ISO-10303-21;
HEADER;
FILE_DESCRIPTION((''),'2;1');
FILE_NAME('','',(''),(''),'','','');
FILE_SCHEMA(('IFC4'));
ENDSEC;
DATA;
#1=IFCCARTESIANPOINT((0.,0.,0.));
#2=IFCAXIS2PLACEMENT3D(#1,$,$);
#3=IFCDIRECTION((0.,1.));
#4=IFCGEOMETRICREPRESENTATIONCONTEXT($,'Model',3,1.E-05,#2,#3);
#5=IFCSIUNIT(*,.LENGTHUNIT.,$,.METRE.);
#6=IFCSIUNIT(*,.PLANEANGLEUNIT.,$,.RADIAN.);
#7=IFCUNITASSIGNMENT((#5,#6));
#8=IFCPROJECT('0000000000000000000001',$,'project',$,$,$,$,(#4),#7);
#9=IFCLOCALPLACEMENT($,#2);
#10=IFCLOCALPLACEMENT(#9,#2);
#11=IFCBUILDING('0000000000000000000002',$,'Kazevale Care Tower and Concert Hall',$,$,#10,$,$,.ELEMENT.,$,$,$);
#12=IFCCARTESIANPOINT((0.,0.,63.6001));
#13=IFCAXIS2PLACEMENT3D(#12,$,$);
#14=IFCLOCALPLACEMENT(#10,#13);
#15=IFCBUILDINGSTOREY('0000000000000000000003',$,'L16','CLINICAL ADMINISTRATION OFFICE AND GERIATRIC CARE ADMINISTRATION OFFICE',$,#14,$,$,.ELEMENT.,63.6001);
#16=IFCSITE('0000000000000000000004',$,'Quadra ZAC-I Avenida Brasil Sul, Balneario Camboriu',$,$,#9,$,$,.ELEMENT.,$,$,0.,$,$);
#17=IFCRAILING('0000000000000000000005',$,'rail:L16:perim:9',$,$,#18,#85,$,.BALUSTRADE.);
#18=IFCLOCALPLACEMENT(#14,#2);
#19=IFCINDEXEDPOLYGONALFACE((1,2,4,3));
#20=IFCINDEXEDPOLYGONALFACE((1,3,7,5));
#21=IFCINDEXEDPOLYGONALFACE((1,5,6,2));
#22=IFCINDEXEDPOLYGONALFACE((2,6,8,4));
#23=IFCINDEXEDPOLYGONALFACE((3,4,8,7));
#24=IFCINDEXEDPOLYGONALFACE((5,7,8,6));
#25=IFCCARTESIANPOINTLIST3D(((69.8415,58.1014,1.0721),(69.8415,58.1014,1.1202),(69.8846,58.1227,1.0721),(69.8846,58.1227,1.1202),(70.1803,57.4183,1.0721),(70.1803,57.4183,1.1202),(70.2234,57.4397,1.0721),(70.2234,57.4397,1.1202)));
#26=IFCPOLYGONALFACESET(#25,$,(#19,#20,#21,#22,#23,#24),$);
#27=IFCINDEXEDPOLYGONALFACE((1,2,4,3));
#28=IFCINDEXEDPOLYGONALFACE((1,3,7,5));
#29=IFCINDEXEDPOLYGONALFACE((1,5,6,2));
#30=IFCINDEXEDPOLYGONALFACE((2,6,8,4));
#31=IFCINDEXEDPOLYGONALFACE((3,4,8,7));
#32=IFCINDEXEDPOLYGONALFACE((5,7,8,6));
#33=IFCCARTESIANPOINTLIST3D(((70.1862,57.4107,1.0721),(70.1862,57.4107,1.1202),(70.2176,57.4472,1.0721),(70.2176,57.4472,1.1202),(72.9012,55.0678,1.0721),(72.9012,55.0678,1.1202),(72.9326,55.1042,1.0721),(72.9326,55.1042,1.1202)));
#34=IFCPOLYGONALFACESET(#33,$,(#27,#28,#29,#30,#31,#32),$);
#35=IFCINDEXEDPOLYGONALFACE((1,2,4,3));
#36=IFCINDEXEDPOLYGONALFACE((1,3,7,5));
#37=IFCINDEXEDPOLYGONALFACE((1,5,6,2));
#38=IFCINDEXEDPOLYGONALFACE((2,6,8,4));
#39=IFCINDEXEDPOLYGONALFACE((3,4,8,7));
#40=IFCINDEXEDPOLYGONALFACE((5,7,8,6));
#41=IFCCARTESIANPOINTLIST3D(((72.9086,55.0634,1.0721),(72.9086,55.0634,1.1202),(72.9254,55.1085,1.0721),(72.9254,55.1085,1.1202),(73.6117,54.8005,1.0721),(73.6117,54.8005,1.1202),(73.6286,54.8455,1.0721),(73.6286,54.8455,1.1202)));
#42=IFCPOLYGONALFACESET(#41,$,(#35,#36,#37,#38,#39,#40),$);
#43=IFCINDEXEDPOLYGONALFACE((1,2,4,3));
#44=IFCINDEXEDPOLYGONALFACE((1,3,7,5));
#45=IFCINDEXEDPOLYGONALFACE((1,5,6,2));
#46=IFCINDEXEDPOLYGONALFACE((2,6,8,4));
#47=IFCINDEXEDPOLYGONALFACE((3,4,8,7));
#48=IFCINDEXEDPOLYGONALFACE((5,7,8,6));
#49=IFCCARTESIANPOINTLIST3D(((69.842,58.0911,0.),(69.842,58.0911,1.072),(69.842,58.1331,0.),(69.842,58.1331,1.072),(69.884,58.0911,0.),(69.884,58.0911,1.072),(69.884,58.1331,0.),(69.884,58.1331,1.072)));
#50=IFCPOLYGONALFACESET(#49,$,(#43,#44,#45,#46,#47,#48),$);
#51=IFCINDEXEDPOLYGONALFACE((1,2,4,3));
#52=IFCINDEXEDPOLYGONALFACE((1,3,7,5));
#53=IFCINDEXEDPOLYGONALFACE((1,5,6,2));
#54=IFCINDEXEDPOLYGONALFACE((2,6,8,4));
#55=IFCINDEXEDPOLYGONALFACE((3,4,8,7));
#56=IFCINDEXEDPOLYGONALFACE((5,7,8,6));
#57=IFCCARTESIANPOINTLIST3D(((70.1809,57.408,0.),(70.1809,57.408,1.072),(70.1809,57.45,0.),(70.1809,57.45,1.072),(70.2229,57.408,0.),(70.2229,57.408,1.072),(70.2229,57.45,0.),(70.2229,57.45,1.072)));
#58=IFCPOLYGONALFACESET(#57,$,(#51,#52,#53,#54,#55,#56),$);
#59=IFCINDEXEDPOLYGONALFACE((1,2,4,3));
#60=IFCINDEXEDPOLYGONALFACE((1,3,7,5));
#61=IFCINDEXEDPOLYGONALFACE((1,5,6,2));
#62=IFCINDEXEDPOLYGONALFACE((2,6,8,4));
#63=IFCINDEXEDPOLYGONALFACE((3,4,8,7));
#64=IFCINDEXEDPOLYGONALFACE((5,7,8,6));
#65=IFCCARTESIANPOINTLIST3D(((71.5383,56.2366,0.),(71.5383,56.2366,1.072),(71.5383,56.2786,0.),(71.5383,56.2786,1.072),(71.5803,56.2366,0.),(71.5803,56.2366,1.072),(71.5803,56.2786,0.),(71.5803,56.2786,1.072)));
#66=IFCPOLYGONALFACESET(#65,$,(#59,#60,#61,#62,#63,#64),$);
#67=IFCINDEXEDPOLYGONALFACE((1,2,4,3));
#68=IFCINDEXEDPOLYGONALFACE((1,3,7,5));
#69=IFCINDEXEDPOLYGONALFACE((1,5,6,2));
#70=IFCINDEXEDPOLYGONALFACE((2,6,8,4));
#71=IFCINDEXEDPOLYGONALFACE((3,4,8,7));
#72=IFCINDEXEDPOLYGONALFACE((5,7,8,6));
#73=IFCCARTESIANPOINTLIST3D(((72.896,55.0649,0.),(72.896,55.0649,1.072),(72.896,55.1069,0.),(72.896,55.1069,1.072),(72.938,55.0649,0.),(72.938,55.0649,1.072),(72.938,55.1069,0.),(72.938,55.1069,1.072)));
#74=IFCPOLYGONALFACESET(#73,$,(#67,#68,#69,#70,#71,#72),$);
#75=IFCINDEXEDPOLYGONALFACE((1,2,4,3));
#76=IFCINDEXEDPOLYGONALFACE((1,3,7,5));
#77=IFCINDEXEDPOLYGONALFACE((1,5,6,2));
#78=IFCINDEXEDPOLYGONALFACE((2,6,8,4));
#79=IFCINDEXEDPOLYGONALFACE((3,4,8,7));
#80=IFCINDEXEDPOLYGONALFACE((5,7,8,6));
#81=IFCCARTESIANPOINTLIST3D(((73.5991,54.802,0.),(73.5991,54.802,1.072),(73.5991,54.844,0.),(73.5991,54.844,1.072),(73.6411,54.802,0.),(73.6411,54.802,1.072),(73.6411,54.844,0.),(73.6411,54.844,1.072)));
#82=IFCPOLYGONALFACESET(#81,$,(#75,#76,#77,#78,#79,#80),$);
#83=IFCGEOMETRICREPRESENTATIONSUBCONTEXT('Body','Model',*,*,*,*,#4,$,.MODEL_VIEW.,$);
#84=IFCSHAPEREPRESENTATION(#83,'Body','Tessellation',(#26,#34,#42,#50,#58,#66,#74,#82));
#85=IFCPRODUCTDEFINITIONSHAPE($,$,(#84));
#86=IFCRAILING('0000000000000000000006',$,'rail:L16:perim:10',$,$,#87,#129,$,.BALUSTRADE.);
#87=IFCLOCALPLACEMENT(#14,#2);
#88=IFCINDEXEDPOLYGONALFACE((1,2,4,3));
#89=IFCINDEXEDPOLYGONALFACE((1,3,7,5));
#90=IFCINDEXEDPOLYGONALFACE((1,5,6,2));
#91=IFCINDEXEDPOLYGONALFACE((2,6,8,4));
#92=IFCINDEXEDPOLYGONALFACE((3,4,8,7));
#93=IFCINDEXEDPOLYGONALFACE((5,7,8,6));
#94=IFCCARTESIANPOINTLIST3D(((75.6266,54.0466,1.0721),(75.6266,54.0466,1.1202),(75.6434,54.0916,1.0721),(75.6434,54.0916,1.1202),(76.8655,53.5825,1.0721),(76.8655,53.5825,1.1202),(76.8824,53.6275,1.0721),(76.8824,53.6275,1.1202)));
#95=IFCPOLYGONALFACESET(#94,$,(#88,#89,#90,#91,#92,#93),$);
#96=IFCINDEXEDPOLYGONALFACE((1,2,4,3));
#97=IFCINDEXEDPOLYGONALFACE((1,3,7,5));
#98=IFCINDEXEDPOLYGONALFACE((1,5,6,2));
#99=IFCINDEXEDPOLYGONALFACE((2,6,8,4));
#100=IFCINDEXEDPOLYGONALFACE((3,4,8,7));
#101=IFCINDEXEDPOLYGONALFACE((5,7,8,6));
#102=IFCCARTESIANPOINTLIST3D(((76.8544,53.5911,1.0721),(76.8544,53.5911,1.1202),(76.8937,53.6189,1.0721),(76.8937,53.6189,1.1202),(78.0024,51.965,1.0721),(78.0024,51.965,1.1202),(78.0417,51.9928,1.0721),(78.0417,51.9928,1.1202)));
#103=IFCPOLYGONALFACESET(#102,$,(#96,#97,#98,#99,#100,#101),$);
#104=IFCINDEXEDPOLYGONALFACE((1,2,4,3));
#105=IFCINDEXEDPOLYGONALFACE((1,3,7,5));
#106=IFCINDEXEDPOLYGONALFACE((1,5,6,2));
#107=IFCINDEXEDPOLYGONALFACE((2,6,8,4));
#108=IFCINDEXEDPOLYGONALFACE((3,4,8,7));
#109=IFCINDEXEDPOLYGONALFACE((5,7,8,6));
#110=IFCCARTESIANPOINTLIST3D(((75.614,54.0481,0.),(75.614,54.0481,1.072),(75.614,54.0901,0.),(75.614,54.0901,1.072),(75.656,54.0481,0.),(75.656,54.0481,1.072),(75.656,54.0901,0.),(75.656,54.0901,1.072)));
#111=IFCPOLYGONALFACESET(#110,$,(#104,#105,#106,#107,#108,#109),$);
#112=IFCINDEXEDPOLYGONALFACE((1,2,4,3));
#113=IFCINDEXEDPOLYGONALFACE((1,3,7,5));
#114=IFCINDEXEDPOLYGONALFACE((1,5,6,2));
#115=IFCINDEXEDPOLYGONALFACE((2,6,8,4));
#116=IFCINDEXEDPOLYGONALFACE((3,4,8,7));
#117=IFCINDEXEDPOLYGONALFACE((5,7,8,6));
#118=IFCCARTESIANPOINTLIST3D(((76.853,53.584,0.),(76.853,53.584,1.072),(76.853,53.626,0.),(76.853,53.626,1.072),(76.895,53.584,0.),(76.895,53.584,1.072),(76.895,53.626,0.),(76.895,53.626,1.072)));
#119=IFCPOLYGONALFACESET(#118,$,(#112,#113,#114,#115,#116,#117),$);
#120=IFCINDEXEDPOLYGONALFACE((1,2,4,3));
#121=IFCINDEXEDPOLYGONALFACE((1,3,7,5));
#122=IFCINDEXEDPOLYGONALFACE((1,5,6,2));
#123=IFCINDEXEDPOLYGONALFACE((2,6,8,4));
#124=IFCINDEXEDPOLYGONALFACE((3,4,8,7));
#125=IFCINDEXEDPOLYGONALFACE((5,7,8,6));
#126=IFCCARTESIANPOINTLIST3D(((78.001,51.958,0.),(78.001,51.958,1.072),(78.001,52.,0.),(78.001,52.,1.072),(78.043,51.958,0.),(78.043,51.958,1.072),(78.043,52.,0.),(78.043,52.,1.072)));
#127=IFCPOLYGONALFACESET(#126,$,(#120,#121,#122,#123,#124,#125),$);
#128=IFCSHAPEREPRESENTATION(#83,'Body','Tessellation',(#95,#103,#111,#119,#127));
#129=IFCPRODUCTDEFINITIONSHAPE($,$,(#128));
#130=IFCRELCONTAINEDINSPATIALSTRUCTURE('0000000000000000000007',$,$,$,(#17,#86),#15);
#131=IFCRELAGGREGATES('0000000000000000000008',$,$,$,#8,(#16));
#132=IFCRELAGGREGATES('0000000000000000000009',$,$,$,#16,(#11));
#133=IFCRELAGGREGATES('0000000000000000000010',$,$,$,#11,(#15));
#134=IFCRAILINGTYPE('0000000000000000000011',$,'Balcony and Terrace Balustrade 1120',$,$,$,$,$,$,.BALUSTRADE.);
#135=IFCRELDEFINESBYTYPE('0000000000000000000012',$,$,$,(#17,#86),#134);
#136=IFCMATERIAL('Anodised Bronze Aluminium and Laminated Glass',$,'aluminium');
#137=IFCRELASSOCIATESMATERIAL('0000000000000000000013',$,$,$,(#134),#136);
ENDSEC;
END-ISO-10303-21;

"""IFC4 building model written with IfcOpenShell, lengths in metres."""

from ifc_helpers import new_model, si_unit, direction, frame, origin, origin_2d, place, context, subcontext, project, spatial, rectangle, extrude, material, type_object, element, save


model = new_model("IFC4")

# Units and contexts
model_context = context("Model", 3, precision=1e-05, world=origin(), true_north=direction((0.0, 1.0)))
body_context = subcontext(model_context, "Body", "Model", "MODEL_VIEW")
ifc_project = project(units=[si_unit("LENGTHUNIT", "METRE"), si_unit("PLANEANGLEUNIT", "RADIAN")], contexts=[model_context])

# Site, building, storey
site_placement = place(None, origin())
site = spatial("IfcSite", under=ifc_project, at=site_placement, Name="Quadra ZAC-I Avenida Brasil Sul, Balneario Camboriu", CompositionType="ELEMENT", RefElevation=0.0)
building_placement = place(site_placement, origin())
building = spatial("IfcBuilding", under=site, at=building_placement, Name="Kazevale Care Tower and Concert Hall", CompositionType="ELEMENT")
storey_placement = place(building_placement, frame((0.0, 0.0, 63.6001)))
storey = spatial("IfcBuildingStorey", under=building, at=storey_placement, Name="L16", Description="CLINICAL ADMINISTRATION OFFICE AND GERIATRIC CARE ADMINISTRATION OFFICE", CompositionType="ELEMENT", Elevation=63.6001)

# Railings
ifc_material_1 = material(Name="Anodised Bronze Aluminium and Laminated Glass", Category="aluminium")
railing_type = type_object("IfcRailingType", Name="Balcony and Terrace Balustrade 1120", PredefinedType="BALUSTRADE", material=ifc_material_1)
railing_1_placement = place(storey_placement, frame((69.863, 58.1121, 0.0)))
element("IfcRailing", 1, at=railing_1_placement, inside=storey, type_object=railing_type, Name="rail:L16:perim:9", PredefinedType="BALUSTRADE", context=body_context, shape_type="SweptSolid", body=[
    extrude(rectangle(XDim=0.0481, YDim=0.0481, at=origin_2d()), frame((0.0, 0.0, 1.0962), z_axis=(0.444394, -0.895831, 0.0), x_axis=(0.895831, 0.444394, 0.0)), (0.0, 0.0, 1.0), 0.7625),
    extrude(rectangle(XDim=0.0481, YDim=0.0481, at=origin_2d()), frame((0.3389, -0.6831, 1.0962), z_axis=(0.757076, -0.653327, 0.0), x_axis=(0.653327, 0.757076, 0.0)), (0.0, 0.0, 1.0), 3.5862),
    extrude(rectangle(XDim=0.0481, YDim=0.0481, at=origin_2d()), frame((3.054, -3.0261, 1.0962), z_axis=(0.93665, -0.350268, 0.0), x_axis=(0.350268, 0.93665, 0.0)), (0.0, 0.0, 1.0), 0.7507),
    extrude(rectangle(XDim=0.042, YDim=0.042, at=origin_2d()), origin(), (0.0, 0.0, 1.0), 1.072),
    extrude(rectangle(XDim=0.042, YDim=0.042, at=origin_2d()), frame((0.3389, -0.6831, 0.0)), (0.0, 0.0, 1.0), 1.072),
    extrude(rectangle(XDim=0.042, YDim=0.042, at=origin_2d()), frame((1.6963, -1.8545, 0.0)), (0.0, 0.0, 1.0), 1.072),
    extrude(rectangle(XDim=0.042, YDim=0.042, at=origin_2d()), frame((3.054, -3.0261, 0.0)), (0.0, 0.0, 1.0), 1.072),
    extrude(rectangle(XDim=0.042, YDim=0.042, at=origin_2d()), frame((3.7571, -3.2891, 0.0)), (0.0, 0.0, 1.0), 1.072),
])
railing_2_placement = place(storey_placement, frame((75.635, 54.0691, 0.0)))
element("IfcRailing", 2, at=railing_2_placement, inside=storey, type_object=railing_type, Name="rail:L16:perim:10", PredefinedType="BALUSTRADE", context=body_context, shape_type="SweptSolid", body=[
    extrude(rectangle(XDim=0.0481, YDim=0.0481, at=origin_2d()), frame((0.0, 0.0, 1.0962), z_axis=(0.936458, -0.35078, 0.0), x_axis=(0.35078, 0.936458, 0.0)), (0.0, 0.0, 1.0), 1.323),
    extrude(rectangle(XDim=0.0481, YDim=0.0481, at=origin_2d()), frame((1.239, -0.4641, 1.0962), z_axis=(0.576751, -0.81692, 0.0), x_axis=(0.81692, 0.576751, 0.0)), (0.0, 0.0, 1.0), 1.9905),
    extrude(rectangle(XDim=0.042, YDim=0.042, at=origin_2d()), origin(), (0.0, 0.0, 1.0), 1.072),
    extrude(rectangle(XDim=0.042, YDim=0.042, at=origin_2d()), frame((1.239, -0.4641, 0.0)), (0.0, 0.0, 1.0), 1.072),
    extrude(rectangle(XDim=0.042, YDim=0.042, at=origin_2d()), frame((2.387, -2.0901, 0.0)), (0.0, 0.0, 1.0), 1.072),
])

save(model, "model.ifc")
